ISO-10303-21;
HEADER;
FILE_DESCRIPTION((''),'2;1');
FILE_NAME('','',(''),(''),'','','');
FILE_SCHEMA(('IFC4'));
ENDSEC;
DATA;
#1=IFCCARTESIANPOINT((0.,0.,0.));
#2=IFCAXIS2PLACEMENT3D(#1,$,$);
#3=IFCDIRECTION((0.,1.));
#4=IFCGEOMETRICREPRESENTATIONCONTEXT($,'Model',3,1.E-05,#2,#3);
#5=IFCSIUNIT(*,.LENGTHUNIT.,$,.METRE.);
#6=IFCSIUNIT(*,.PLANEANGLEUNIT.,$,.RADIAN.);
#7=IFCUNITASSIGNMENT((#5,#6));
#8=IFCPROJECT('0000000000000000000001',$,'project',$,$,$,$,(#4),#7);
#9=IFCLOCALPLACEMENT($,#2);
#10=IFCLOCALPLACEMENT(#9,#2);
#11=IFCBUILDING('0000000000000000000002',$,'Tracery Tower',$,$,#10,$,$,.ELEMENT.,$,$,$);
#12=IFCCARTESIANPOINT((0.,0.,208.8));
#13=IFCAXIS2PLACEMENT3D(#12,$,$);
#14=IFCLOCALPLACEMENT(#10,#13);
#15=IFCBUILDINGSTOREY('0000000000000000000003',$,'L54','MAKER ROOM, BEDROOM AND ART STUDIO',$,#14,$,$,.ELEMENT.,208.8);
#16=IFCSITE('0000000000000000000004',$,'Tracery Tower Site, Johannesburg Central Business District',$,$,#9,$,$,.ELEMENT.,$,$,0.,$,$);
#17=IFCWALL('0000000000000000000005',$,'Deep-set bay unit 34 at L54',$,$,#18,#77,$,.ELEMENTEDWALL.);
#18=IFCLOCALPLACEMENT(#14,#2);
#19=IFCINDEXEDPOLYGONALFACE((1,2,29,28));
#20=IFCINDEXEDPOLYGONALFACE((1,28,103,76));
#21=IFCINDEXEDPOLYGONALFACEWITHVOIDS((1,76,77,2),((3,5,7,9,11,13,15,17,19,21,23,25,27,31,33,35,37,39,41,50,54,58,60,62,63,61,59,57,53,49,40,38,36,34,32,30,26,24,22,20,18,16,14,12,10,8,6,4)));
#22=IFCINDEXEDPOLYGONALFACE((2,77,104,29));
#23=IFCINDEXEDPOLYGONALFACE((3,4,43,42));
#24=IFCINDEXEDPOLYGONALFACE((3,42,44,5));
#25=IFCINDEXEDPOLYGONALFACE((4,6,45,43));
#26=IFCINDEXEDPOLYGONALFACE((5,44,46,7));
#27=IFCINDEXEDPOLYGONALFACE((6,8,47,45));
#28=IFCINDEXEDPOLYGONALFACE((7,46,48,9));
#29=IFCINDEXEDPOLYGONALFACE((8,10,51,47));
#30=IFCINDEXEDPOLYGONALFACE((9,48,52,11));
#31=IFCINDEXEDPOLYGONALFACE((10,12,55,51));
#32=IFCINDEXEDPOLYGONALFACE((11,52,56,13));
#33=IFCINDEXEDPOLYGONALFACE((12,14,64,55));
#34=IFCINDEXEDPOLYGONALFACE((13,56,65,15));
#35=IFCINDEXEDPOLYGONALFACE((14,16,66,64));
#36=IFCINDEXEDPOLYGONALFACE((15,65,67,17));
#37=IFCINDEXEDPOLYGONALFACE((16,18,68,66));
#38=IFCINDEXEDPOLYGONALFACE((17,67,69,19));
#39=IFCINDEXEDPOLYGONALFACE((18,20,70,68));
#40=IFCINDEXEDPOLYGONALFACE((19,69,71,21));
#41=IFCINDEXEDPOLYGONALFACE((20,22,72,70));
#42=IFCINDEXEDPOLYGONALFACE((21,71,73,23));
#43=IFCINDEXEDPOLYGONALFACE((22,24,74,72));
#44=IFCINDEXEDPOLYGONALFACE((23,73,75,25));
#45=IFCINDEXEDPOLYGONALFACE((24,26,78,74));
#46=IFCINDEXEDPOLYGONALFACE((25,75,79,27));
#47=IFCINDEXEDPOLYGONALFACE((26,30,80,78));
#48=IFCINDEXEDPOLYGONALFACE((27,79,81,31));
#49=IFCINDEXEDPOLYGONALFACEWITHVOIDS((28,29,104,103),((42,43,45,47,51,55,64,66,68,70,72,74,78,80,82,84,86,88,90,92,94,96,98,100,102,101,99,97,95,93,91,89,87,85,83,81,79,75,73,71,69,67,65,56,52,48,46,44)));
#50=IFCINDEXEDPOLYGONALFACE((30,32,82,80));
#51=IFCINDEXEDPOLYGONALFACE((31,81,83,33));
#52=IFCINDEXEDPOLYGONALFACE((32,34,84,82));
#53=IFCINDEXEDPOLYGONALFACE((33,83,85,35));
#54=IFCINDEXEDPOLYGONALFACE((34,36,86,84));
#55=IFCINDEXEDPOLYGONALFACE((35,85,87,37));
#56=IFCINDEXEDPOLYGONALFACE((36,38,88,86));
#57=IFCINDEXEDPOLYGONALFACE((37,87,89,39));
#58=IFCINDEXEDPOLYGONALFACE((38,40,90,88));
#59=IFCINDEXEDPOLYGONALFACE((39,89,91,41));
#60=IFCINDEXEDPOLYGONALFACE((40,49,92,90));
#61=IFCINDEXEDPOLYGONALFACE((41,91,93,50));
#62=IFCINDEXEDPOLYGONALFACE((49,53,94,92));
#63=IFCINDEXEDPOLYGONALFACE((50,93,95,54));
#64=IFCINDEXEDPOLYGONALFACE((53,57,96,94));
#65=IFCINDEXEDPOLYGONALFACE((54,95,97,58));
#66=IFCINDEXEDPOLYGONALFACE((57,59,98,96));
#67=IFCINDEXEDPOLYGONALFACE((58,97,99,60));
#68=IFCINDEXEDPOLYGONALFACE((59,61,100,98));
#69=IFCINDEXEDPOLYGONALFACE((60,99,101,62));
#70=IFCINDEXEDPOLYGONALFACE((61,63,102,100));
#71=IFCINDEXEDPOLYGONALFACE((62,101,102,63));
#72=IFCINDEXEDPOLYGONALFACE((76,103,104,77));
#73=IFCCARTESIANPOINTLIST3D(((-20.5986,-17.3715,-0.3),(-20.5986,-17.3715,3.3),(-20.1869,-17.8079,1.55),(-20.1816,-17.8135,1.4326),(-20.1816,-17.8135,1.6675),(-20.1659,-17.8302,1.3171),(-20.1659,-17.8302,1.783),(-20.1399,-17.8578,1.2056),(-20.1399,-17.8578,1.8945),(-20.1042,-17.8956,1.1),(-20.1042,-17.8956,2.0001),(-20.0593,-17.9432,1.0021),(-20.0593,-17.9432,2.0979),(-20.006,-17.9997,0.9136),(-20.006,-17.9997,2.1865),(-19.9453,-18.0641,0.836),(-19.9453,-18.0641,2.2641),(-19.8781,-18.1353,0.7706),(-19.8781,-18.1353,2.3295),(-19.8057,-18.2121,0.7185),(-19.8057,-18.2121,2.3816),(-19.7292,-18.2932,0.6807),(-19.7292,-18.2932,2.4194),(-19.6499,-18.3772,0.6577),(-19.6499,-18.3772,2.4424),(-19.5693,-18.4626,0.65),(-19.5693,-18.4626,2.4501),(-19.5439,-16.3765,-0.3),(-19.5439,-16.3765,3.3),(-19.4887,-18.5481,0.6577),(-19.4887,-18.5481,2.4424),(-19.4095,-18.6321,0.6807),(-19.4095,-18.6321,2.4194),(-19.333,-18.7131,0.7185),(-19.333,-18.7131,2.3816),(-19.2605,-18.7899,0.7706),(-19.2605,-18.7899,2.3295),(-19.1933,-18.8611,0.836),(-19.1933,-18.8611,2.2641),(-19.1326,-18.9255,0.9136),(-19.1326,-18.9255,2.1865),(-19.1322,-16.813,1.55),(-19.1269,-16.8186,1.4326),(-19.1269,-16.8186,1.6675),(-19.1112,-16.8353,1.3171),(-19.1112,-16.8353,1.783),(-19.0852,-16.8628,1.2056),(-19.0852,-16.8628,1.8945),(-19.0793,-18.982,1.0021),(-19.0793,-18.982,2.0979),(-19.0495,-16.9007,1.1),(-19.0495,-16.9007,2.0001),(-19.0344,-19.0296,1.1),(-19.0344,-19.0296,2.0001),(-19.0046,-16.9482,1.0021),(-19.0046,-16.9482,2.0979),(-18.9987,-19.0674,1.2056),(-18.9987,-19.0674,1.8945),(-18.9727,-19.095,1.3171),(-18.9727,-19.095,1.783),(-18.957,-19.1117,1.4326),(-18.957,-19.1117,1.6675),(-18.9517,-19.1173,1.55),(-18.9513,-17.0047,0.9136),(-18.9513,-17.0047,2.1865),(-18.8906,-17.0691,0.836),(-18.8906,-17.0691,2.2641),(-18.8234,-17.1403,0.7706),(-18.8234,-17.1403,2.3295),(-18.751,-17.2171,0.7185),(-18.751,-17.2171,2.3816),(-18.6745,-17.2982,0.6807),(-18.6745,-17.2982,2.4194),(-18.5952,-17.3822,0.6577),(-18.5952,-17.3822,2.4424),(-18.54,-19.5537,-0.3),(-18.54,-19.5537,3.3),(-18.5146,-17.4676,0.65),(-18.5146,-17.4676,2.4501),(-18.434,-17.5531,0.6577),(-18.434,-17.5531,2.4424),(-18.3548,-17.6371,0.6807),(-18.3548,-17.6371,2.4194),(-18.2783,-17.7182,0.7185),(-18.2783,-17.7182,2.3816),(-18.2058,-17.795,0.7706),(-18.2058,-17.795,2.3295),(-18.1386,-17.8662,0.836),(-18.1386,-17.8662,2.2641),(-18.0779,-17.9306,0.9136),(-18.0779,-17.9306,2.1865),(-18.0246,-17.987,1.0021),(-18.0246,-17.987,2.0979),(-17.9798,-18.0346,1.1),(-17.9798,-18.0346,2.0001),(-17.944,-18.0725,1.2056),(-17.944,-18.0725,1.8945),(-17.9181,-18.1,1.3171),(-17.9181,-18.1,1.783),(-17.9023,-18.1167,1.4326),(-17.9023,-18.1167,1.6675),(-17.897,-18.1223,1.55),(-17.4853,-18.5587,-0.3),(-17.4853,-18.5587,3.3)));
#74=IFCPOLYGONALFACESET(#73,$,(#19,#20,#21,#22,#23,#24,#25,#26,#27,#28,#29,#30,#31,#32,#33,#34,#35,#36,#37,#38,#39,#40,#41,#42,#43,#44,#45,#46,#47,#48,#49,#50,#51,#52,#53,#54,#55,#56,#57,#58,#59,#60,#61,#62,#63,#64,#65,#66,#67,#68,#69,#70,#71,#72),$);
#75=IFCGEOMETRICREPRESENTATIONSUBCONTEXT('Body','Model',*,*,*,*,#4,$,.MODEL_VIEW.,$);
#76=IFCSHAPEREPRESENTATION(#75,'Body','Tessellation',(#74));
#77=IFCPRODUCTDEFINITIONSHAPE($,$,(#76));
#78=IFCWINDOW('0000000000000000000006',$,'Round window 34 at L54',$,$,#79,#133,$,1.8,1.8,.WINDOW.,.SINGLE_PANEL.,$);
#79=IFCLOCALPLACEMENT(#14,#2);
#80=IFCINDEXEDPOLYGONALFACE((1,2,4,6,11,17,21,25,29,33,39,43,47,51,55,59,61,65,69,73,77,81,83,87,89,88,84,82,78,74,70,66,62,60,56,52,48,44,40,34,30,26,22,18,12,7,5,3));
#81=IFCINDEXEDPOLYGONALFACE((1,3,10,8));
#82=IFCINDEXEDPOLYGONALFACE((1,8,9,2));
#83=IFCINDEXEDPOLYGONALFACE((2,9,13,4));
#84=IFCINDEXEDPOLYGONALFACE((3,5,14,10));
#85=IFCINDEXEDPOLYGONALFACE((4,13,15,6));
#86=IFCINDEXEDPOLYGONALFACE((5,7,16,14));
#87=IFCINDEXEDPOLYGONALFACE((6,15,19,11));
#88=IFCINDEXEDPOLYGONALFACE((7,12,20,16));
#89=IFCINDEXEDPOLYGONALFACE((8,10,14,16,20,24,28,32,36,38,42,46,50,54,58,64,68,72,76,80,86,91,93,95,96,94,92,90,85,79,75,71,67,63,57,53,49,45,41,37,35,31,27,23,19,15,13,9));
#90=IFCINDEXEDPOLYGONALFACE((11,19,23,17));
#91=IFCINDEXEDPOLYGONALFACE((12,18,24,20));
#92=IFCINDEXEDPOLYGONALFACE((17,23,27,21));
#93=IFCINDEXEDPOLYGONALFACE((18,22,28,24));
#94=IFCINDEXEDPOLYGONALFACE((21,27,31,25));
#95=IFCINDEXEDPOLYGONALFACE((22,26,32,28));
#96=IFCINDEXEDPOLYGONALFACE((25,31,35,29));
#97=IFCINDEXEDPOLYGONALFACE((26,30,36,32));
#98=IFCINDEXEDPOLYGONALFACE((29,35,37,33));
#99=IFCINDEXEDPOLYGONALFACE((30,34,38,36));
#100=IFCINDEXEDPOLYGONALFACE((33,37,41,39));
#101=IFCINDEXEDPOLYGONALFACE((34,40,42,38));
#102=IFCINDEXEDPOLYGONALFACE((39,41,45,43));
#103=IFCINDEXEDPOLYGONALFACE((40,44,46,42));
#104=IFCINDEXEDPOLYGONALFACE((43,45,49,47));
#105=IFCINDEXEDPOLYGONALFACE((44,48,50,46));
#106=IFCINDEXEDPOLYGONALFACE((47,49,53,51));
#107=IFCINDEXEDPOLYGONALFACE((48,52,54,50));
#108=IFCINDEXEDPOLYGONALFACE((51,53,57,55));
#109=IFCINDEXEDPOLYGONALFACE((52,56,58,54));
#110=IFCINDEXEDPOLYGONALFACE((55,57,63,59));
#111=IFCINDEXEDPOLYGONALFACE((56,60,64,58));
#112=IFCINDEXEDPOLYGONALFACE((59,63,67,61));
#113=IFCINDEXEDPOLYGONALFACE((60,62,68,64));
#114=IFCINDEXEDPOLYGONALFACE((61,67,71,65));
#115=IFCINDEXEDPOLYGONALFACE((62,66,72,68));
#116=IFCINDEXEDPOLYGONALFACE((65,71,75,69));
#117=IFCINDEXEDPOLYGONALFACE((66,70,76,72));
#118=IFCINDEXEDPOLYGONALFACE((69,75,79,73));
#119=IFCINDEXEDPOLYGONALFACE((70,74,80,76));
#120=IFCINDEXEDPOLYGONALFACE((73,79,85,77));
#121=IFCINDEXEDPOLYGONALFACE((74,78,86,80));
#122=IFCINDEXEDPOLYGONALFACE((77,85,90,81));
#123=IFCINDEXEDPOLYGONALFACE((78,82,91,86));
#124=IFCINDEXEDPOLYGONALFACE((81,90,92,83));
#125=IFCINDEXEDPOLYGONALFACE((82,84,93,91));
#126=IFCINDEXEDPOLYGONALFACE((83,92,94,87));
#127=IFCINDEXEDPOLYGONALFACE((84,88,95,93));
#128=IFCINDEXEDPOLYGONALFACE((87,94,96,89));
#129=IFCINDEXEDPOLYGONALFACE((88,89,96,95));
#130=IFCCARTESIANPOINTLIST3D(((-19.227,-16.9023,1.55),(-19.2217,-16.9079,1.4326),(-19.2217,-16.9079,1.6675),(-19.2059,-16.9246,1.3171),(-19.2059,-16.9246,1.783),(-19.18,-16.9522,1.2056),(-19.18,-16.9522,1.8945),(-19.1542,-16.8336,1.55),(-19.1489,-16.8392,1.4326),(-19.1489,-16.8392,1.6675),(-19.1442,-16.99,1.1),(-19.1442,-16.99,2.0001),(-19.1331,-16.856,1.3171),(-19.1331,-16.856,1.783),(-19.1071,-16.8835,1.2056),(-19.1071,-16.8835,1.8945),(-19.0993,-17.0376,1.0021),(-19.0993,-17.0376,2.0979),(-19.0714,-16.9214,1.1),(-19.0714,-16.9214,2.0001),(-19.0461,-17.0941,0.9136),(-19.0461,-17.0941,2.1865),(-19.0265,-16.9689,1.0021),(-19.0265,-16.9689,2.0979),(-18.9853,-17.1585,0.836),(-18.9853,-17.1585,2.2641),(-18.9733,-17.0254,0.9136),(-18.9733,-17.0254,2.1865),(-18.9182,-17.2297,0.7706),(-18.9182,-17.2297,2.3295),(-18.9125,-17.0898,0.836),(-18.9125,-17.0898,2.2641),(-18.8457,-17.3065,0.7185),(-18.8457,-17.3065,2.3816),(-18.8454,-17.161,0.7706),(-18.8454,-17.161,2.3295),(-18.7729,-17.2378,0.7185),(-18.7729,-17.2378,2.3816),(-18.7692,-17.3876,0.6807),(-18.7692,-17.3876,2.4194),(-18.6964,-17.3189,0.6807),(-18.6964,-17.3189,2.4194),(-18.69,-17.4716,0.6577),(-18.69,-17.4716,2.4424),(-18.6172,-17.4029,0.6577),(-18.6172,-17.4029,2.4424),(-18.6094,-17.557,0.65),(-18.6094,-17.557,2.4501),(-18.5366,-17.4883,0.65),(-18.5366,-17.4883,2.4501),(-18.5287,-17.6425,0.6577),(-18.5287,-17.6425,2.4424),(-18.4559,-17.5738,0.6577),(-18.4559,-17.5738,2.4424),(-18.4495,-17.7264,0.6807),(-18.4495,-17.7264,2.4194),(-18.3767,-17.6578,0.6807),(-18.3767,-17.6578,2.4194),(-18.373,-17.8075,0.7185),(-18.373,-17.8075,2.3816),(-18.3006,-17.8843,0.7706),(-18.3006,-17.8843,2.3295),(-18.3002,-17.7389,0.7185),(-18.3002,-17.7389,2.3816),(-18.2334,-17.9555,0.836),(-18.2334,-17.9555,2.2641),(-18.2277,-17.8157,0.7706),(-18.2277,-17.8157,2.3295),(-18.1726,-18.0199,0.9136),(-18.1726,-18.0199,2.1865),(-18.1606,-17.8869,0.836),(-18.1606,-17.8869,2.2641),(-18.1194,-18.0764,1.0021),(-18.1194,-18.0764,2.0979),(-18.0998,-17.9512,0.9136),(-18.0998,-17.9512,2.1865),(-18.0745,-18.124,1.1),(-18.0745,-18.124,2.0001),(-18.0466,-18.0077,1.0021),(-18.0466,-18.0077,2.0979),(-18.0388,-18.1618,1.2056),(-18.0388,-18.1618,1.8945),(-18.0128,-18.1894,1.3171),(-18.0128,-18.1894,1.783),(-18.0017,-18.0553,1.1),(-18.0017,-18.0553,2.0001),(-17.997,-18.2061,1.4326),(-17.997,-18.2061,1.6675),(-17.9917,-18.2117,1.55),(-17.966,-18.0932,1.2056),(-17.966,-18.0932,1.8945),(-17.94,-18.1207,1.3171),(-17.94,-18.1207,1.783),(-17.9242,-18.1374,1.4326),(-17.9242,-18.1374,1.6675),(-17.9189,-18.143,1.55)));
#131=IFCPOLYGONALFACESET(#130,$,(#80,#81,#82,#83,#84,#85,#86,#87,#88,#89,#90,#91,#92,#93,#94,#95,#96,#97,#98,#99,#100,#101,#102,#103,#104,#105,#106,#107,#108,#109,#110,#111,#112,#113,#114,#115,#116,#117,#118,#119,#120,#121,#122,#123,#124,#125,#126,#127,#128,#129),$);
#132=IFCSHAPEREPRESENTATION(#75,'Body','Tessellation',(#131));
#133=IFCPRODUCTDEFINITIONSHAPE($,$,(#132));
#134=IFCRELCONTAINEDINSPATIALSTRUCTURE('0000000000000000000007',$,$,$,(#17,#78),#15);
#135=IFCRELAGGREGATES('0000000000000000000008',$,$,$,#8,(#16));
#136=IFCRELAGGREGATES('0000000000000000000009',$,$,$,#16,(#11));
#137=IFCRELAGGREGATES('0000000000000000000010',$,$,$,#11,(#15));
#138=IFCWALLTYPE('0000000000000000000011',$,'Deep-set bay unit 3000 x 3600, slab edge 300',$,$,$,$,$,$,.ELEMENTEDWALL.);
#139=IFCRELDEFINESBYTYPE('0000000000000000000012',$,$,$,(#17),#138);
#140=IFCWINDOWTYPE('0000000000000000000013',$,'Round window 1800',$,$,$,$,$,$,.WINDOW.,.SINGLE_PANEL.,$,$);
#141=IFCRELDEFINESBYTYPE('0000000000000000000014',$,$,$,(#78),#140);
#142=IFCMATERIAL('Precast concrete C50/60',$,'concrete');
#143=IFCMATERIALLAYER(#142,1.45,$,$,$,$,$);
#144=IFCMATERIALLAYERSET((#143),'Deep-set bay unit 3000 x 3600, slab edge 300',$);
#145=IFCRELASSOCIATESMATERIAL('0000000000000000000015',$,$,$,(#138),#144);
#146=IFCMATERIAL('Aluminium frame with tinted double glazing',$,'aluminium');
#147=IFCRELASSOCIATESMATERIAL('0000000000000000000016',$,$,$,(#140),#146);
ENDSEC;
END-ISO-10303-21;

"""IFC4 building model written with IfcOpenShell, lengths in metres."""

from ifc_helpers import new_model, si_unit, direction, frame, frame_2d, origin, origin_2d, place, context, subcontext, project, spatial, rectangle, circle, extrude, material, layer, layer_set, type_object, element, fill, save


model = new_model("IFC4")

# Units and contexts
model_context = context("Model", 3, precision=1e-05, world=origin(), true_north=direction((0.0, 1.0)))
body_context = subcontext(model_context, "Body", "Model", "MODEL_VIEW")
ifc_project = project(units=[si_unit("LENGTHUNIT", "METRE"), si_unit("PLANEANGLEUNIT", "RADIAN")], contexts=[model_context])

# Site, building, storey
site_placement = place(None, origin())
site = spatial("IfcSite", under=ifc_project, at=site_placement, Name="Tracery Tower Site, Johannesburg Central Business District", CompositionType="ELEMENT", RefElevation=0.0)
building_placement = place(site_placement, origin())
building = spatial("IfcBuilding", under=site, at=building_placement, Name="Tracery Tower", CompositionType="ELEMENT")
storey_placement = place(building_placement, frame((0.0, 0.0, 208.8)))
storey = spatial("IfcBuildingStorey", under=building, at=storey_placement, Name="L54", Description="MAKER ROOM, BEDROOM AND ART STUDIO", CompositionType="ELEMENT", Elevation=208.8)

# Wall, opening, window
ifc_material_1 = material(Name="Precast concrete C50/60", Category="concrete")
ifc_layer_1 = layer(ifc_material_1, 1.45)
ifc_layer_set_1 = layer_set([ifc_layer_1], Name="Deep-set bay unit 3000 x 3600, slab edge 300")
wall_type_1 = type_object("IfcWallType", Name="Deep-set bay unit 3000 x 3600, slab edge 300", PredefinedType="ELEMENTEDWALL", material=ifc_layer_set_1)
wall_1_placement = place(storey_placement, frame((-20.0713, -16.874, -0.3), z_axis=(0.0, 0.0, 1.0), x_axis=(0.686217, -0.727397, 0.0)))
wall_1 = element("IfcWall", 1, at=wall_1_placement, inside=storey, type_object=wall_type_1, Name="Deep-set bay unit 34 at L54", PredefinedType="ELEMENTEDWALL", context=body_context, shape_type="SweptSolid", body=[
    extrude(rectangle(XDim=3.0, YDim=1.45, at=frame_2d((1.5, 0.0))), origin(), (0.0, 0.0, 1.0), 3.6001),
])
opening_1_placement = place(wall_1_placement, frame((1.5, 0.0, 1.8501)))
opening_1 = element("IfcOpeningElement", 2, at=opening_1_placement, cuts=wall_1, PredefinedType="OPENING", context=body_context, shape_type="SweptSolid", body=[
    extrude(circle(Radius=0.9, at=origin_2d()), frame((0.0, 0.7349, 0.0), z_axis=(0.0, -1.0, 0.0), x_axis=(1.0, 0.0, 0.0)), (0.0, 0.0, 1.0), 1.47),
])
ifc_material_2 = material(Name="Aluminium frame with tinted double glazing", Category="aluminium")
window_type = type_object("IfcWindowType", Name="Round window 1800", PartitioningType="SINGLE_PANEL", PredefinedType="WINDOW", material=ifc_material_2)
window_1_placement = place(opening_1_placement, origin())
window_1 = element("IfcWindow", 3, at=window_1_placement, inside=storey, type_object=window_type, Name="Round window 34 at L54", OverallHeight=1.8, OverallWidth=1.8, PartitioningType="SINGLE_PANEL", PredefinedType="WINDOW", context=body_context, shape_type="SweptSolid", body=[
    extrude(circle(Radius=0.9, at=origin_2d()), frame((0.0, 0.6948, 0.0), z_axis=(0.0, -1.0, 0.0), x_axis=(1.0, 0.0, 0.0)), (0.0, 0.0, 1.0), 0.1001),
])
fill(opening_1, window_1)

save(model, "model.ifc")
